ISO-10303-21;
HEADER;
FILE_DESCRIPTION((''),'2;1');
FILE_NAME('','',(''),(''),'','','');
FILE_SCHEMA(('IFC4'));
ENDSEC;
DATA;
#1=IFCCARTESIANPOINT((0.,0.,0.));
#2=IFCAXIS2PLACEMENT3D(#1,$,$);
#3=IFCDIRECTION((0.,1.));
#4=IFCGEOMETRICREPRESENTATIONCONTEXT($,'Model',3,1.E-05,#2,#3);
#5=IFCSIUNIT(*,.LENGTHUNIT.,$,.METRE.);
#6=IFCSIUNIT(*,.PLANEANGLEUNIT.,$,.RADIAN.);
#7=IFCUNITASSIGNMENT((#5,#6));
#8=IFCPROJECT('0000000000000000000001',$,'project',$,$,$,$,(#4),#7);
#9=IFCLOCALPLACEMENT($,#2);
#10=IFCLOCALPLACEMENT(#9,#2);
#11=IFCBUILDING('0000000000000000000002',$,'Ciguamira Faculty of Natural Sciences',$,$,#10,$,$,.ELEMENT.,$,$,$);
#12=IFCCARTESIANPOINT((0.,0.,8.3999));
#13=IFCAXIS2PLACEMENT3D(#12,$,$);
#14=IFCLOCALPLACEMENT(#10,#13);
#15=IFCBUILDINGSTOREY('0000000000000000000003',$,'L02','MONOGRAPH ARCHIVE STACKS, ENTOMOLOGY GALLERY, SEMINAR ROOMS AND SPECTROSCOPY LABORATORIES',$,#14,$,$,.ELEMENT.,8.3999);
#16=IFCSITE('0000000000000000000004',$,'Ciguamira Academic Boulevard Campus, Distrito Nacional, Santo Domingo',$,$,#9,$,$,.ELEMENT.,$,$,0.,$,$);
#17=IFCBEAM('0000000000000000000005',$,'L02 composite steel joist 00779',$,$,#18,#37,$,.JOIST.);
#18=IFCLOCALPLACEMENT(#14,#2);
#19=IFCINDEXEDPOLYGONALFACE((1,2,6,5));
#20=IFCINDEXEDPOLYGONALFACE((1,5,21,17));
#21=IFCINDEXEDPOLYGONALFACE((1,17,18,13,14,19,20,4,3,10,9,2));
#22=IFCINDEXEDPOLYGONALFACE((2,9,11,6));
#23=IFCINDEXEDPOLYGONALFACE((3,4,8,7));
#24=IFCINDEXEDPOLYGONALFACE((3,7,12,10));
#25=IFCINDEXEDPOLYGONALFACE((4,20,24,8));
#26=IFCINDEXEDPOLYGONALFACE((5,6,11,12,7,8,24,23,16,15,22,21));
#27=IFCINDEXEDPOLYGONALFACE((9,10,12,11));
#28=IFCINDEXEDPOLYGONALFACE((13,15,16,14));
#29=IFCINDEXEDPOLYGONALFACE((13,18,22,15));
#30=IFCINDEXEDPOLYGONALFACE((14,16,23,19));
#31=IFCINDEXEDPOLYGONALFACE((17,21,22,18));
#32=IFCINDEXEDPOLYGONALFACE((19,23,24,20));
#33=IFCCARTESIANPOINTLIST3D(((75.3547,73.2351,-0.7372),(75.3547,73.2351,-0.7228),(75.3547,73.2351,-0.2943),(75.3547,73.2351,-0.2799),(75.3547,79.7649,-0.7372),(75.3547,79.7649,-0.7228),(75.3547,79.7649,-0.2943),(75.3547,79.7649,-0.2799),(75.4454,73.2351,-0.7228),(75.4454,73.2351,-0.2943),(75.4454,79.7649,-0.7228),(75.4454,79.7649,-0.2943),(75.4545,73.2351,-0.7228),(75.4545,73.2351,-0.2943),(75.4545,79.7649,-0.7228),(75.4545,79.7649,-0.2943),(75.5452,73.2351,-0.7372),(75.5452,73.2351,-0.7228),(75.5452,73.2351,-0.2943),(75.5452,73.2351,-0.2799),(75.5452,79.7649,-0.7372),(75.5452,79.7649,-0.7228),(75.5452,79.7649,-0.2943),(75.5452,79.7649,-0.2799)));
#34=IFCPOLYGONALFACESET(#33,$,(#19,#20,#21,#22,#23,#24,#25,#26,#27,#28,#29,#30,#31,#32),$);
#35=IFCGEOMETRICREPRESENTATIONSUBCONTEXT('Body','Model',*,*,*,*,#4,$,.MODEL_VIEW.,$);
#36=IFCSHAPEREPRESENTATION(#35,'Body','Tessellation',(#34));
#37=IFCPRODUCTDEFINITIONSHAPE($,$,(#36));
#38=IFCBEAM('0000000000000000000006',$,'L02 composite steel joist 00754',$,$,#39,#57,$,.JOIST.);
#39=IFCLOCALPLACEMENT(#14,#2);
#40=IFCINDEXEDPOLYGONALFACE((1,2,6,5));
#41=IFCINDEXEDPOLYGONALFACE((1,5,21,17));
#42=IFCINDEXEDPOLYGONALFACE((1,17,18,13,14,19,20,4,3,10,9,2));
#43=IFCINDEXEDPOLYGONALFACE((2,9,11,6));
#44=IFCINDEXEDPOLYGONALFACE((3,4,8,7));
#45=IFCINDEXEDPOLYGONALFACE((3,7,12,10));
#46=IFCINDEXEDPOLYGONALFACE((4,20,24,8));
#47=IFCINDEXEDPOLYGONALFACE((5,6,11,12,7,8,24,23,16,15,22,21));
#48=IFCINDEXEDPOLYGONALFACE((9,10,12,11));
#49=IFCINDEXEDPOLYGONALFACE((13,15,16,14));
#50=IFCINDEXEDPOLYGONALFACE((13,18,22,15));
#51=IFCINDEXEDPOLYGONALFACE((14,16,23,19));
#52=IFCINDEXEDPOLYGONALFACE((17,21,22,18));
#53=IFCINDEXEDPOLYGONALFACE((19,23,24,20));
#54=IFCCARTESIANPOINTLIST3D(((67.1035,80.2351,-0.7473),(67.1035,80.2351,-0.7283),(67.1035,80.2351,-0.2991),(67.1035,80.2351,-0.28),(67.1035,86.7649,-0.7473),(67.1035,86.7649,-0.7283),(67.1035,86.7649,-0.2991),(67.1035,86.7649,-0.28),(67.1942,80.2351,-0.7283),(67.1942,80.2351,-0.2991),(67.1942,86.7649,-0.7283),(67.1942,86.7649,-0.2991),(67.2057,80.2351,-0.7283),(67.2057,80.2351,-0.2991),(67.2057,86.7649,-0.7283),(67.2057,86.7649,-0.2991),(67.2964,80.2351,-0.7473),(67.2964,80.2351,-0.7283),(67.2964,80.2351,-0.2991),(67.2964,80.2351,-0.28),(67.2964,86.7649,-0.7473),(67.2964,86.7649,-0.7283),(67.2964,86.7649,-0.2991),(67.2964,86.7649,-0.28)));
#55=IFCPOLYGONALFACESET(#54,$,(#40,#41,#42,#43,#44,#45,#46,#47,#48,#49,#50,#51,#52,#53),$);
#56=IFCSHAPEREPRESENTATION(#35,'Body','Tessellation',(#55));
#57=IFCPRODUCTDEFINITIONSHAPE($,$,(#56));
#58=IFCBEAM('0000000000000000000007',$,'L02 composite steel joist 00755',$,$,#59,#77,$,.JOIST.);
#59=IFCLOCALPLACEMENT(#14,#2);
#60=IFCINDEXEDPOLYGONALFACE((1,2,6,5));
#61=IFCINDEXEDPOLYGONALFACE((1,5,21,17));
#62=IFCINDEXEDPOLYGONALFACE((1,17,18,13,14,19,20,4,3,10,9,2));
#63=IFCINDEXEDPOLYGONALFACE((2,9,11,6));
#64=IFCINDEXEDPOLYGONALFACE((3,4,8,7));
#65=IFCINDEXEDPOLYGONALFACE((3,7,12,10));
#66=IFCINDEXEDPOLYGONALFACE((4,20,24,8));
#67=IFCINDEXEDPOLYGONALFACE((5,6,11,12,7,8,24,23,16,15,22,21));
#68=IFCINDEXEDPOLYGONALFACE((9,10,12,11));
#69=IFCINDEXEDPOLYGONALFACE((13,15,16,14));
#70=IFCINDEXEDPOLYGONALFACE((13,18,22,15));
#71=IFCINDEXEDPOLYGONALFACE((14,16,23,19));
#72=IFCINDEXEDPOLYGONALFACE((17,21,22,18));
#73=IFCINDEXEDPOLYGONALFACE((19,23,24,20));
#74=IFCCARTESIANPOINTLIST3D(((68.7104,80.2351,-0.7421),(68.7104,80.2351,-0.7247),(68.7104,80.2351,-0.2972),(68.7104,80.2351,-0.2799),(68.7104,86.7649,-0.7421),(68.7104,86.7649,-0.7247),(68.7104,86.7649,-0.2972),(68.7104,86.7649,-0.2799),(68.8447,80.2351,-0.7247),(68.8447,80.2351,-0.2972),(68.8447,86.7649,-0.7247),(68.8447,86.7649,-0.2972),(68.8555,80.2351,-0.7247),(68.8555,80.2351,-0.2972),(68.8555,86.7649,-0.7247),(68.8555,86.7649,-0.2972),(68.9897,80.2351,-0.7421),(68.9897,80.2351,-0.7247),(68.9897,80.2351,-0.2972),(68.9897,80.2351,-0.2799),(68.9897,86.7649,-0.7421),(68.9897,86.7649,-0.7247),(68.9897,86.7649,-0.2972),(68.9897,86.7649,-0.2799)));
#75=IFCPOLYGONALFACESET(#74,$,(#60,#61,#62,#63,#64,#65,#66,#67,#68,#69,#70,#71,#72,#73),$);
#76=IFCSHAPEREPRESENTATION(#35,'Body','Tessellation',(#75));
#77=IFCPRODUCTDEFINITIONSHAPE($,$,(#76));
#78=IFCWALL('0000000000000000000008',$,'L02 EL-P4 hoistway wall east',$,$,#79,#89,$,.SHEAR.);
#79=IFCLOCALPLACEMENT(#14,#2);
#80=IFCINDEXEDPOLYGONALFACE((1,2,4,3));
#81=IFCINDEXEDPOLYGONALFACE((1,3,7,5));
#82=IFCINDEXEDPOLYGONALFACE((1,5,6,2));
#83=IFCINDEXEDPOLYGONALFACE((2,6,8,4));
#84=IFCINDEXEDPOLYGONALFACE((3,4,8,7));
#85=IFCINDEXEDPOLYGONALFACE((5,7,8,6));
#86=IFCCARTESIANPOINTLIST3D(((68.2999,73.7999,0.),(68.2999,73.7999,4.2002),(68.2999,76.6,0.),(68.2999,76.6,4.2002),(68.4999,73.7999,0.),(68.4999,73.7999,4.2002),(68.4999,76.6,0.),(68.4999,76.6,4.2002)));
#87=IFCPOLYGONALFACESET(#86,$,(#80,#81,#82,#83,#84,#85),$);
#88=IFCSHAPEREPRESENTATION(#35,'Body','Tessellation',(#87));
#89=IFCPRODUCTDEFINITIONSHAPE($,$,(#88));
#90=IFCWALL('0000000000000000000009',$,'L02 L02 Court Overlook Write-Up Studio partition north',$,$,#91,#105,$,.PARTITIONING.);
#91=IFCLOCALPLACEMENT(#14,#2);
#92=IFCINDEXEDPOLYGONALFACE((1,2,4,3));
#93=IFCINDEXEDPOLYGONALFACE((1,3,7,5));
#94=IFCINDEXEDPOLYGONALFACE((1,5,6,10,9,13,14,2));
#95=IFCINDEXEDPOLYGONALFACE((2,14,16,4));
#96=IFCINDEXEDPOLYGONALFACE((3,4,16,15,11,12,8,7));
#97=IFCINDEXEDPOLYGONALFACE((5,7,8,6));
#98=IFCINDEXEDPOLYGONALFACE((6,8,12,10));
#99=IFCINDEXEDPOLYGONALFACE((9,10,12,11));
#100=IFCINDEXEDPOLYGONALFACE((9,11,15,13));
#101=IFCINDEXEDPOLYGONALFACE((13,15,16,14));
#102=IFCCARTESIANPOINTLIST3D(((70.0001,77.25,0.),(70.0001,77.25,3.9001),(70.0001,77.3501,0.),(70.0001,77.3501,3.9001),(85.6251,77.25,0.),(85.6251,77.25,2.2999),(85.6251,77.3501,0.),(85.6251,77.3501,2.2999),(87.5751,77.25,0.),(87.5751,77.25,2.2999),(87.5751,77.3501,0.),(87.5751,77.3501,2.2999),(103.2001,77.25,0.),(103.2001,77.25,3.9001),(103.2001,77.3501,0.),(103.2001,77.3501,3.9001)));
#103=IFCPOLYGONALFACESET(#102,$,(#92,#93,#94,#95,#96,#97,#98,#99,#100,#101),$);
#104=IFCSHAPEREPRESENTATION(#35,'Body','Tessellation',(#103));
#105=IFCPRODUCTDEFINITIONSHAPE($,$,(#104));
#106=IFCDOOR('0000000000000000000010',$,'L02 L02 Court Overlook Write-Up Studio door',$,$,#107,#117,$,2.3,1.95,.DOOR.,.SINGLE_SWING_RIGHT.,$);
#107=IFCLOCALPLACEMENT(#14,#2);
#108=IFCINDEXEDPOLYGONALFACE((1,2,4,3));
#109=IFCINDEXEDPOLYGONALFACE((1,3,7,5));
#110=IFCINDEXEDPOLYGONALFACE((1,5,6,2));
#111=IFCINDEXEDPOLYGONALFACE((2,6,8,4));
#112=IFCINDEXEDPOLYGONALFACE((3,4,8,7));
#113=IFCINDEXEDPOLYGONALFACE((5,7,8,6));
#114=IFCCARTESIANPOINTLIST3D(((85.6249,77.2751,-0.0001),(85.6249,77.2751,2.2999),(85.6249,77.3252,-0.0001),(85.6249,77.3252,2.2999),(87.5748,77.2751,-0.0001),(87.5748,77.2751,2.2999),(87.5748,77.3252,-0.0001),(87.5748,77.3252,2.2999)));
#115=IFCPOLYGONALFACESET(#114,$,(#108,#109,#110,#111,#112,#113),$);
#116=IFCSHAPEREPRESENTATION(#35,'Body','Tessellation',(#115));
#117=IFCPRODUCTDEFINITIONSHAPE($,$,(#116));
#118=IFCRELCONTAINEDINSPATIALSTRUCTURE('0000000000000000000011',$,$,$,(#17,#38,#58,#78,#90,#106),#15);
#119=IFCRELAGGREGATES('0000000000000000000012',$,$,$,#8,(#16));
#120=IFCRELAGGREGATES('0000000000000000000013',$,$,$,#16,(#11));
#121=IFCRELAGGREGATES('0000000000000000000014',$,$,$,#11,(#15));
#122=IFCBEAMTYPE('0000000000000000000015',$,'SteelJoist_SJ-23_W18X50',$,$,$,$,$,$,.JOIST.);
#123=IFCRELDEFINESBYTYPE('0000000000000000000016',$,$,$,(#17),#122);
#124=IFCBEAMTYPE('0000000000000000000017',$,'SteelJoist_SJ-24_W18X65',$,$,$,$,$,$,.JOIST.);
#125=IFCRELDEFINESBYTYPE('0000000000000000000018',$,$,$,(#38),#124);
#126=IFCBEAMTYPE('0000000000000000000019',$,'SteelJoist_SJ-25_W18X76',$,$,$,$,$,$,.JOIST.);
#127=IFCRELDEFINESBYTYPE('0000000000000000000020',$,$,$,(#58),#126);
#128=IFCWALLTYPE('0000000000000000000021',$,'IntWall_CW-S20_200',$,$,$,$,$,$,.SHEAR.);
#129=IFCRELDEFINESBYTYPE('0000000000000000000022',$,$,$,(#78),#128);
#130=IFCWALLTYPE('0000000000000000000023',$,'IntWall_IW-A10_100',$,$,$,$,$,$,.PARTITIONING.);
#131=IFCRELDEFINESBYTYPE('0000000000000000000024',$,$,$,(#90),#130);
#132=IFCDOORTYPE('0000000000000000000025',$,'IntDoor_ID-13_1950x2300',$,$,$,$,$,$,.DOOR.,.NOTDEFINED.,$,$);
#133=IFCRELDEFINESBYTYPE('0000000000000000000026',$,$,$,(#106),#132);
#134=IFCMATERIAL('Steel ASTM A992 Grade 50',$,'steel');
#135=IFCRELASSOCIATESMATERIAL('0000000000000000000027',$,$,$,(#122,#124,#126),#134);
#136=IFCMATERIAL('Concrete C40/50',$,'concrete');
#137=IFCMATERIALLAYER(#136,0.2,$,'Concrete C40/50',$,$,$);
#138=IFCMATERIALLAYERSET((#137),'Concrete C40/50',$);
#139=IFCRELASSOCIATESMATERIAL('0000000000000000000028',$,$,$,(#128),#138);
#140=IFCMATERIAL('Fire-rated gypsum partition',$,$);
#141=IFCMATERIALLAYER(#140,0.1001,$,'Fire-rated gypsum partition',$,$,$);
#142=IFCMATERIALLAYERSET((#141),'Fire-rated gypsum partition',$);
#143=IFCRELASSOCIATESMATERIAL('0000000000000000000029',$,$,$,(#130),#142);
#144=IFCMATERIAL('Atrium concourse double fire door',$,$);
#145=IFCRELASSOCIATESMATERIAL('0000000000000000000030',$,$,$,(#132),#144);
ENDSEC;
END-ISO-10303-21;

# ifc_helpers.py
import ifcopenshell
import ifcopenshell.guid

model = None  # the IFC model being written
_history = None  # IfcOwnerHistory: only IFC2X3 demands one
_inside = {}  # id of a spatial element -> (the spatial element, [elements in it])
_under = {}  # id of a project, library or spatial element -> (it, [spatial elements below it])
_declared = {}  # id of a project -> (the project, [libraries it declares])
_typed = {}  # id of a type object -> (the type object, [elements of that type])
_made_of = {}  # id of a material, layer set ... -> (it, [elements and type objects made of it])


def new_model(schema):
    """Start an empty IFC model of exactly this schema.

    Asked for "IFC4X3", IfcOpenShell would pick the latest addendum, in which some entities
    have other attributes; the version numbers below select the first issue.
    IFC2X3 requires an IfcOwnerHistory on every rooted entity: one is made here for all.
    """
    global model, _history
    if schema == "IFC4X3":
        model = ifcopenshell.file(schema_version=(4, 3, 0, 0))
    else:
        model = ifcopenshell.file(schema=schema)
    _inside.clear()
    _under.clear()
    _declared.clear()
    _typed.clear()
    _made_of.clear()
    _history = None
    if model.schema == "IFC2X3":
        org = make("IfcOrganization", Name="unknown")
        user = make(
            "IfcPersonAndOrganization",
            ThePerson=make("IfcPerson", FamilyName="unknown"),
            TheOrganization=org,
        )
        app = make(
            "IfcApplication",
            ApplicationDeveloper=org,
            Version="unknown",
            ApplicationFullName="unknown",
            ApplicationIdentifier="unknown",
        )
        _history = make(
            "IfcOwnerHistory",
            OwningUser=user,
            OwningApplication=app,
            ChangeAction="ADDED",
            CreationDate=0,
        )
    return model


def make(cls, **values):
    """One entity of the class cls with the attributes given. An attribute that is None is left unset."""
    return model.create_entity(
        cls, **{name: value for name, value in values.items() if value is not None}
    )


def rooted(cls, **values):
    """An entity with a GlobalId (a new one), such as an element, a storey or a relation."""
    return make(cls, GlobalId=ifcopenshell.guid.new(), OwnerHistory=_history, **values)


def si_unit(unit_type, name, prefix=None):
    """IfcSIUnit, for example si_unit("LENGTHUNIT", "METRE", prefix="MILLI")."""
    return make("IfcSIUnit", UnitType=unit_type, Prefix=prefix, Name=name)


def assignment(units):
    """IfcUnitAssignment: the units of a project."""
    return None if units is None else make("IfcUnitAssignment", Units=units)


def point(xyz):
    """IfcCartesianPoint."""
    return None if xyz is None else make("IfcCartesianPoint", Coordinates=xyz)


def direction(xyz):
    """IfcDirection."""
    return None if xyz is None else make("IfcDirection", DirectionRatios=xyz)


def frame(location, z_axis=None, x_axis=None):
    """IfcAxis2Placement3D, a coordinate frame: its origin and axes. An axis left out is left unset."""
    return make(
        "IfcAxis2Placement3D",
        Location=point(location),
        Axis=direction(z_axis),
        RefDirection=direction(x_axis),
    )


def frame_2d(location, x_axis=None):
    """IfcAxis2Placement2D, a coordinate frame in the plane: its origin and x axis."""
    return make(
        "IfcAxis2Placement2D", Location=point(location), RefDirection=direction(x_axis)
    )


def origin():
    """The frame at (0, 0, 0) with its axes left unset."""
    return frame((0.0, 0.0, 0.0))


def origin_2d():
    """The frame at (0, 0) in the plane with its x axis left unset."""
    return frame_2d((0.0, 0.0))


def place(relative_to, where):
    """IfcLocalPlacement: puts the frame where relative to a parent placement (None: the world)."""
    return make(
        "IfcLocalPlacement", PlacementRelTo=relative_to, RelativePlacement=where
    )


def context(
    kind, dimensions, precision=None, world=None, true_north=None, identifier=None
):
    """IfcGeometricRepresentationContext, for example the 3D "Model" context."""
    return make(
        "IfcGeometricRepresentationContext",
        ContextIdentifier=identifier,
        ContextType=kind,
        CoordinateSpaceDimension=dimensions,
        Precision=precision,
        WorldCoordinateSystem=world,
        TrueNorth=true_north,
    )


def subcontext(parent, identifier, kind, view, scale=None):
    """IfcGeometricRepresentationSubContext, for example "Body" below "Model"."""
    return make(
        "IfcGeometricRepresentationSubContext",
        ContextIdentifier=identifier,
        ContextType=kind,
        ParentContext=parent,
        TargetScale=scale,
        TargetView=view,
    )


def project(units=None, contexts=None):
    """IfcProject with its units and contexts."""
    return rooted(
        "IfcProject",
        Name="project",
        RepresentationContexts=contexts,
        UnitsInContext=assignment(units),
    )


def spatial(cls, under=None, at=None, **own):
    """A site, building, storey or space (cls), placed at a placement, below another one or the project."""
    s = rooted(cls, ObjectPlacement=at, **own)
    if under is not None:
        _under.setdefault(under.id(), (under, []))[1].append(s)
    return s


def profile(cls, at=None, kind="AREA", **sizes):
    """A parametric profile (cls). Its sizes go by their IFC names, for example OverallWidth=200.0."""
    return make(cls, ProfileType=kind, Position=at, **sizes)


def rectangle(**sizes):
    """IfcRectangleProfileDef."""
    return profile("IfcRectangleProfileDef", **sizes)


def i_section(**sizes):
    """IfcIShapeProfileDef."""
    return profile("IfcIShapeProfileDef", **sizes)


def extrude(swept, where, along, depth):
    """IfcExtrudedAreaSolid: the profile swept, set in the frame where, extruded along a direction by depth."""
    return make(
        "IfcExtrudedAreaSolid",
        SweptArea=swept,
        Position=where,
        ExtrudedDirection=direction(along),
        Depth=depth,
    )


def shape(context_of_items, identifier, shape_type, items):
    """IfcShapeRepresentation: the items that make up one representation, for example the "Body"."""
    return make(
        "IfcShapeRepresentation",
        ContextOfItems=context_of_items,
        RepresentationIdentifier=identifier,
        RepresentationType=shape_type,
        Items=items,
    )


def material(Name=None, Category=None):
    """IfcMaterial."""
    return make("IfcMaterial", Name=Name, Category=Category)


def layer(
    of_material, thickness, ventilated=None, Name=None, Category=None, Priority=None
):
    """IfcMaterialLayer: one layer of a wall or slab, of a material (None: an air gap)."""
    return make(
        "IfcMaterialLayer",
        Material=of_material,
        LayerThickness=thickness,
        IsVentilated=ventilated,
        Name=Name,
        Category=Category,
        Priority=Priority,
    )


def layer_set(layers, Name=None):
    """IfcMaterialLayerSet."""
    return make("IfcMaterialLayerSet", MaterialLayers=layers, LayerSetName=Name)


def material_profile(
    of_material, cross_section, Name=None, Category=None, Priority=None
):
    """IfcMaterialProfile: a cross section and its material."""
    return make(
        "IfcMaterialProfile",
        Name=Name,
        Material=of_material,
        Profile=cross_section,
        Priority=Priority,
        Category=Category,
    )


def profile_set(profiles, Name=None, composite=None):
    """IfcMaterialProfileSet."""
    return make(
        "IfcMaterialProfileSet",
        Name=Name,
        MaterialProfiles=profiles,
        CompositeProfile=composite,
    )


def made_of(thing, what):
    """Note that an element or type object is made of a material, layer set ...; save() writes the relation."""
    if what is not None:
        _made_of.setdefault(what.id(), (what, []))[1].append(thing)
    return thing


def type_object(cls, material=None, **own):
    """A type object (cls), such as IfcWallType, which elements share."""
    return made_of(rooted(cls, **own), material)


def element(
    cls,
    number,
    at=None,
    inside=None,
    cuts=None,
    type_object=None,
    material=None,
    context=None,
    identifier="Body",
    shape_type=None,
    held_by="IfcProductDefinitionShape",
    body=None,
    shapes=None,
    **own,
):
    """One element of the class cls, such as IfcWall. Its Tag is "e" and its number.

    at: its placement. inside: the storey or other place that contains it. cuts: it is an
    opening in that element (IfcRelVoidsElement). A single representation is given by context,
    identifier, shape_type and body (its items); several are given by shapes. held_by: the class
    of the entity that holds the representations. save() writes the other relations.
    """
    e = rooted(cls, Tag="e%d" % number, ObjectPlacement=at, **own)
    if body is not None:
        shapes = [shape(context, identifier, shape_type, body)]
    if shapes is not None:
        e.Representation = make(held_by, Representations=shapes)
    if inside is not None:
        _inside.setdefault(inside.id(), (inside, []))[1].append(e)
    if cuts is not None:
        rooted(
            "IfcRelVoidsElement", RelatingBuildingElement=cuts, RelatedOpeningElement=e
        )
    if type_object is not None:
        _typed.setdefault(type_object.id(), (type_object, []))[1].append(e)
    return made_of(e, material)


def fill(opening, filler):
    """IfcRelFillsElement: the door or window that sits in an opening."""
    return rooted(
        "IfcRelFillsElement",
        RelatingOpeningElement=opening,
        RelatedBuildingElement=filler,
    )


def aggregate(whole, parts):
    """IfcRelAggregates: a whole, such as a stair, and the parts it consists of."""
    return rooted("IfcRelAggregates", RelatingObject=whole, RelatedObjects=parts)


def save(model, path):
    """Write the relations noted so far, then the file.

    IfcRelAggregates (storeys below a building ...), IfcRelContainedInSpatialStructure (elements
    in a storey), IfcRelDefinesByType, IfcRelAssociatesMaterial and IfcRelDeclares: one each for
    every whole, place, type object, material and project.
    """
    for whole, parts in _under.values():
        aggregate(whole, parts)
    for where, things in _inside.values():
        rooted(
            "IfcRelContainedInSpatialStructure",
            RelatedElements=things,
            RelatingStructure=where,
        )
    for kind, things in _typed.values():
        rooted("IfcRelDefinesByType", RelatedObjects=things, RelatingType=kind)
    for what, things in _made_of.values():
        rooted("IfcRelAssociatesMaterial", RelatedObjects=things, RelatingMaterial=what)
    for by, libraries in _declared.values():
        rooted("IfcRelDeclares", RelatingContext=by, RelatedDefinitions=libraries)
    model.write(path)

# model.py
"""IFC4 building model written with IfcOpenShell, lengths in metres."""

from ifc_helpers import new_model, si_unit, direction, frame, frame_2d, origin, origin_2d, place, context, subcontext, project, spatial, rectangle, i_section, extrude, material, layer, layer_set, material_profile, profile_set, type_object, element, fill, save


model = new_model("IFC4")

# Units and contexts
model_context = context("Model", 3, precision=1e-05, world=origin(), true_north=direction((0.0, 1.0)))
body_context = subcontext(model_context, "Body", "Model", "MODEL_VIEW")
ifc_project = project(units=[si_unit("LENGTHUNIT", "METRE"), si_unit("PLANEANGLEUNIT", "RADIAN")], contexts=[model_context])

# Site, building, storey
site_placement = place(None, origin())
site = spatial("IfcSite", under=ifc_project, at=site_placement, Name="Ciguamira Academic Boulevard Campus, Distrito Nacional, Santo Domingo", CompositionType="ELEMENT", RefElevation=0.0)
building_placement = place(site_placement, origin())
building = spatial("IfcBuilding", under=site, at=building_placement, Name="Ciguamira Faculty of Natural Sciences", CompositionType="ELEMENT")
storey_placement = place(building_placement, frame((0.0, 0.0, 8.3999)))
storey = spatial("IfcBuildingStorey", under=building, at=storey_placement, Name="L02", Description="MONOGRAPH ARCHIVE STACKS, ENTOMOLOGY GALLERY, SEMINAR ROOMS AND SPECTROSCOPY LABORATORIES", CompositionType="ELEMENT", Elevation=8.3999)

# Shared definitions
ifc_material_1 = material(Name="Concrete C40/50", Category="concrete")

# Beams
ifc_material_2 = material(Name="Steel ASTM A992 Grade 50", Category="steel")
ifc_material_profile_1 = material_profile(ifc_material_2, i_section(OverallWidth=0.1904, OverallDepth=0.4573, WebThickness=0.009, FlangeThickness=0.0144, at=origin_2d()), Name="W18X50")
ifc_profile_set_1 = profile_set([ifc_material_profile_1], Name="Steel ASTM A992 Grade 50")
beam_type_1 = type_object("IfcBeamType", Name="SteelJoist_SJ-23_W18X50", PredefinedType="JOIST", material=ifc_profile_set_1)
beam_1_placement = place(storey_placement, frame((75.45, 73.2351, -0.5085), z_axis=(0.0, 1.0, 0.0), x_axis=(-1.0, 0.0, 0.0)))
element("IfcBeam", 1, at=beam_1_placement, inside=storey, type_object=beam_type_1, Name="L02 composite steel joist 00779", PredefinedType="JOIST", context=body_context, shape_type="SweptSolid", body=[
    extrude(i_section(OverallWidth=0.1904, OverallDepth=0.4573, WebThickness=0.009, FlangeThickness=0.0144, at=origin_2d()), origin(), (0.0, 0.0, 1.0), 6.5298),
])
ifc_material_profile_2 = material_profile(ifc_material_2, i_section(OverallWidth=0.1929, OverallDepth=0.4673, WebThickness=0.0115, FlangeThickness=0.019, at=origin_2d()), Name="W18X65")
ifc_profile_set_2 = profile_set([ifc_material_profile_2], Name="Steel ASTM A992 Grade 50")
beam_type_2 = type_object("IfcBeamType", Name="SteelJoist_SJ-24_W18X65", PredefinedType="JOIST", material=ifc_profile_set_2)
beam_2_placement = place(storey_placement, frame((67.2, 80.2351, -0.5137), z_axis=(0.0, 1.0, 0.0), x_axis=(-1.0, 0.0, 0.0)))
element("IfcBeam", 2, at=beam_2_placement, inside=storey, type_object=beam_type_2, Name="L02 composite steel joist 00754", PredefinedType="JOIST", context=body_context, shape_type="SweptSolid", body=[
    extrude(i_section(OverallWidth=0.1929, OverallDepth=0.4673, WebThickness=0.0115, FlangeThickness=0.019, at=origin_2d()), origin(), (0.0, 0.0, 1.0), 6.5298),
])
ifc_material_profile_3 = material_profile(ifc_material_2, i_section(OverallWidth=0.2793, OverallDepth=0.4622, WebThickness=0.0107, FlangeThickness=0.0173, at=origin_2d()), Name="W18X76")
ifc_profile_set_3 = profile_set([ifc_material_profile_3], Name="Steel ASTM A992 Grade 50")
beam_type_3 = type_object("IfcBeamType", Name="SteelJoist_SJ-25_W18X76", PredefinedType="JOIST", material=ifc_profile_set_3)
beam_3_placement = place(storey_placement, frame((68.8501, 80.2351, -0.511), z_axis=(0.0, 1.0, 0.0), x_axis=(-1.0, 0.0, 0.0)))
element("IfcBeam", 3, at=beam_3_placement, inside=storey, type_object=beam_type_3, Name="L02 composite steel joist 00755", PredefinedType="JOIST", context=body_context, shape_type="SweptSolid", body=[
    extrude(i_section(OverallWidth=0.2793, OverallDepth=0.4622, WebThickness=0.0107, FlangeThickness=0.0173, at=origin_2d()), origin(), (0.0, 0.0, 1.0), 6.5298),
])

# Wall
ifc_layer_1 = layer(ifc_material_1, 0.2, Name="Concrete C40/50")
ifc_layer_set_1 = layer_set([ifc_layer_1], Name="Concrete C40/50")
wall_type_1 = type_object("IfcWallType", Name="IntWall_CW-S20_200", PredefinedType="SHEAR", material=ifc_layer_set_1)
wall_1_placement = place(storey_placement, frame((68.3999, 73.8, 0.0), z_axis=(0.0, 0.0, 1.0), x_axis=(0.0, 1.0, 0.0)))
element("IfcWall", 4, at=wall_1_placement, inside=storey, type_object=wall_type_1, Name="L02 EL-P4 hoistway wall east", PredefinedType="SHEAR", context=body_context, shape_type="SweptSolid", body=[
    extrude(rectangle(XDim=2.8, YDim=0.2, at=frame_2d((1.3999, 0.0))), origin(), (0.0, 0.0, 1.0), 4.2002),
])

# Wall, opening, door
ifc_material_3 = material(Name="Fire-rated gypsum partition")
ifc_layer_2 = layer(ifc_material_3, 0.1001, Name="Fire-rated gypsum partition")
ifc_layer_set_2 = layer_set([ifc_layer_2], Name="Fire-rated gypsum partition")
wall_type_2 = type_object("IfcWallType", Name="IntWall_IW-A10_100", PredefinedType="PARTITIONING", material=ifc_layer_set_2)
wall_2_placement = place(storey_placement, frame((70.0, 77.3, 0.0), z_axis=(0.0, 0.0, 1.0), x_axis=(1.0, 0.0, 0.0)))
wall_2 = element("IfcWall", 5, at=wall_2_placement, inside=storey, type_object=wall_type_2, Name="L02 L02 Court Overlook Write-Up Studio partition north", PredefinedType="PARTITIONING", context=body_context, shape_type="SweptSolid", body=[
    extrude(rectangle(XDim=33.2, YDim=0.1001, at=frame_2d((16.6001, 0.0))), origin(), (0.0, 0.0, 1.0), 3.9001),
])
opening_placement = place(wall_2_placement, frame((15.625, 0.0, 0.0)))
opening = element("IfcOpeningElement", 6, at=opening_placement, cuts=wall_2, PredefinedType="OPENING", context=body_context, shape_type="SweptSolid", body=[
    extrude(rectangle(XDim=1.95, YDim=2.3, at=frame_2d((0.9751, 1.1499))), frame((0.0, 0.0601, 0.0), z_axis=(0.0, -1.0, 0.0), x_axis=(1.0, 0.0, 0.0)), (0.0, 0.0, 1.0), 0.1201),
])
ifc_material_4 = material(Name="Atrium concourse double fire door")
door_type = type_object("IfcDoorType", Name="IntDoor_ID-13_1950x2300", OperationType="NOTDEFINED", PredefinedType="DOOR", material=ifc_material_4)
door_placement = place(opening_placement, frame((1.95, 0.0, 0.0), z_axis=(0.0, 0.0, 1.0), x_axis=(-1.0, 0.0, 0.0)))
door = element("IfcDoor", 7, at=door_placement, inside=storey, type_object=door_type, Name="L02 L02 Court Overlook Write-Up Studio door", OperationType="SINGLE_SWING_RIGHT", OverallHeight=2.3, OverallWidth=1.95, PredefinedType="DOOR", context=body_context, shape_type="SweptSolid", body=[
    extrude(rectangle(XDim=1.95, YDim=2.3, at=frame_2d((0.9751, 1.1499))), frame((0.0, 0.0249, 0.0), z_axis=(0.0, -1.0, 0.0), x_axis=(1.0, 0.0, 0.0)), (0.0, 0.0, 1.0), 0.05),
])
fill(opening, door)

save(model, "model.ifc")
